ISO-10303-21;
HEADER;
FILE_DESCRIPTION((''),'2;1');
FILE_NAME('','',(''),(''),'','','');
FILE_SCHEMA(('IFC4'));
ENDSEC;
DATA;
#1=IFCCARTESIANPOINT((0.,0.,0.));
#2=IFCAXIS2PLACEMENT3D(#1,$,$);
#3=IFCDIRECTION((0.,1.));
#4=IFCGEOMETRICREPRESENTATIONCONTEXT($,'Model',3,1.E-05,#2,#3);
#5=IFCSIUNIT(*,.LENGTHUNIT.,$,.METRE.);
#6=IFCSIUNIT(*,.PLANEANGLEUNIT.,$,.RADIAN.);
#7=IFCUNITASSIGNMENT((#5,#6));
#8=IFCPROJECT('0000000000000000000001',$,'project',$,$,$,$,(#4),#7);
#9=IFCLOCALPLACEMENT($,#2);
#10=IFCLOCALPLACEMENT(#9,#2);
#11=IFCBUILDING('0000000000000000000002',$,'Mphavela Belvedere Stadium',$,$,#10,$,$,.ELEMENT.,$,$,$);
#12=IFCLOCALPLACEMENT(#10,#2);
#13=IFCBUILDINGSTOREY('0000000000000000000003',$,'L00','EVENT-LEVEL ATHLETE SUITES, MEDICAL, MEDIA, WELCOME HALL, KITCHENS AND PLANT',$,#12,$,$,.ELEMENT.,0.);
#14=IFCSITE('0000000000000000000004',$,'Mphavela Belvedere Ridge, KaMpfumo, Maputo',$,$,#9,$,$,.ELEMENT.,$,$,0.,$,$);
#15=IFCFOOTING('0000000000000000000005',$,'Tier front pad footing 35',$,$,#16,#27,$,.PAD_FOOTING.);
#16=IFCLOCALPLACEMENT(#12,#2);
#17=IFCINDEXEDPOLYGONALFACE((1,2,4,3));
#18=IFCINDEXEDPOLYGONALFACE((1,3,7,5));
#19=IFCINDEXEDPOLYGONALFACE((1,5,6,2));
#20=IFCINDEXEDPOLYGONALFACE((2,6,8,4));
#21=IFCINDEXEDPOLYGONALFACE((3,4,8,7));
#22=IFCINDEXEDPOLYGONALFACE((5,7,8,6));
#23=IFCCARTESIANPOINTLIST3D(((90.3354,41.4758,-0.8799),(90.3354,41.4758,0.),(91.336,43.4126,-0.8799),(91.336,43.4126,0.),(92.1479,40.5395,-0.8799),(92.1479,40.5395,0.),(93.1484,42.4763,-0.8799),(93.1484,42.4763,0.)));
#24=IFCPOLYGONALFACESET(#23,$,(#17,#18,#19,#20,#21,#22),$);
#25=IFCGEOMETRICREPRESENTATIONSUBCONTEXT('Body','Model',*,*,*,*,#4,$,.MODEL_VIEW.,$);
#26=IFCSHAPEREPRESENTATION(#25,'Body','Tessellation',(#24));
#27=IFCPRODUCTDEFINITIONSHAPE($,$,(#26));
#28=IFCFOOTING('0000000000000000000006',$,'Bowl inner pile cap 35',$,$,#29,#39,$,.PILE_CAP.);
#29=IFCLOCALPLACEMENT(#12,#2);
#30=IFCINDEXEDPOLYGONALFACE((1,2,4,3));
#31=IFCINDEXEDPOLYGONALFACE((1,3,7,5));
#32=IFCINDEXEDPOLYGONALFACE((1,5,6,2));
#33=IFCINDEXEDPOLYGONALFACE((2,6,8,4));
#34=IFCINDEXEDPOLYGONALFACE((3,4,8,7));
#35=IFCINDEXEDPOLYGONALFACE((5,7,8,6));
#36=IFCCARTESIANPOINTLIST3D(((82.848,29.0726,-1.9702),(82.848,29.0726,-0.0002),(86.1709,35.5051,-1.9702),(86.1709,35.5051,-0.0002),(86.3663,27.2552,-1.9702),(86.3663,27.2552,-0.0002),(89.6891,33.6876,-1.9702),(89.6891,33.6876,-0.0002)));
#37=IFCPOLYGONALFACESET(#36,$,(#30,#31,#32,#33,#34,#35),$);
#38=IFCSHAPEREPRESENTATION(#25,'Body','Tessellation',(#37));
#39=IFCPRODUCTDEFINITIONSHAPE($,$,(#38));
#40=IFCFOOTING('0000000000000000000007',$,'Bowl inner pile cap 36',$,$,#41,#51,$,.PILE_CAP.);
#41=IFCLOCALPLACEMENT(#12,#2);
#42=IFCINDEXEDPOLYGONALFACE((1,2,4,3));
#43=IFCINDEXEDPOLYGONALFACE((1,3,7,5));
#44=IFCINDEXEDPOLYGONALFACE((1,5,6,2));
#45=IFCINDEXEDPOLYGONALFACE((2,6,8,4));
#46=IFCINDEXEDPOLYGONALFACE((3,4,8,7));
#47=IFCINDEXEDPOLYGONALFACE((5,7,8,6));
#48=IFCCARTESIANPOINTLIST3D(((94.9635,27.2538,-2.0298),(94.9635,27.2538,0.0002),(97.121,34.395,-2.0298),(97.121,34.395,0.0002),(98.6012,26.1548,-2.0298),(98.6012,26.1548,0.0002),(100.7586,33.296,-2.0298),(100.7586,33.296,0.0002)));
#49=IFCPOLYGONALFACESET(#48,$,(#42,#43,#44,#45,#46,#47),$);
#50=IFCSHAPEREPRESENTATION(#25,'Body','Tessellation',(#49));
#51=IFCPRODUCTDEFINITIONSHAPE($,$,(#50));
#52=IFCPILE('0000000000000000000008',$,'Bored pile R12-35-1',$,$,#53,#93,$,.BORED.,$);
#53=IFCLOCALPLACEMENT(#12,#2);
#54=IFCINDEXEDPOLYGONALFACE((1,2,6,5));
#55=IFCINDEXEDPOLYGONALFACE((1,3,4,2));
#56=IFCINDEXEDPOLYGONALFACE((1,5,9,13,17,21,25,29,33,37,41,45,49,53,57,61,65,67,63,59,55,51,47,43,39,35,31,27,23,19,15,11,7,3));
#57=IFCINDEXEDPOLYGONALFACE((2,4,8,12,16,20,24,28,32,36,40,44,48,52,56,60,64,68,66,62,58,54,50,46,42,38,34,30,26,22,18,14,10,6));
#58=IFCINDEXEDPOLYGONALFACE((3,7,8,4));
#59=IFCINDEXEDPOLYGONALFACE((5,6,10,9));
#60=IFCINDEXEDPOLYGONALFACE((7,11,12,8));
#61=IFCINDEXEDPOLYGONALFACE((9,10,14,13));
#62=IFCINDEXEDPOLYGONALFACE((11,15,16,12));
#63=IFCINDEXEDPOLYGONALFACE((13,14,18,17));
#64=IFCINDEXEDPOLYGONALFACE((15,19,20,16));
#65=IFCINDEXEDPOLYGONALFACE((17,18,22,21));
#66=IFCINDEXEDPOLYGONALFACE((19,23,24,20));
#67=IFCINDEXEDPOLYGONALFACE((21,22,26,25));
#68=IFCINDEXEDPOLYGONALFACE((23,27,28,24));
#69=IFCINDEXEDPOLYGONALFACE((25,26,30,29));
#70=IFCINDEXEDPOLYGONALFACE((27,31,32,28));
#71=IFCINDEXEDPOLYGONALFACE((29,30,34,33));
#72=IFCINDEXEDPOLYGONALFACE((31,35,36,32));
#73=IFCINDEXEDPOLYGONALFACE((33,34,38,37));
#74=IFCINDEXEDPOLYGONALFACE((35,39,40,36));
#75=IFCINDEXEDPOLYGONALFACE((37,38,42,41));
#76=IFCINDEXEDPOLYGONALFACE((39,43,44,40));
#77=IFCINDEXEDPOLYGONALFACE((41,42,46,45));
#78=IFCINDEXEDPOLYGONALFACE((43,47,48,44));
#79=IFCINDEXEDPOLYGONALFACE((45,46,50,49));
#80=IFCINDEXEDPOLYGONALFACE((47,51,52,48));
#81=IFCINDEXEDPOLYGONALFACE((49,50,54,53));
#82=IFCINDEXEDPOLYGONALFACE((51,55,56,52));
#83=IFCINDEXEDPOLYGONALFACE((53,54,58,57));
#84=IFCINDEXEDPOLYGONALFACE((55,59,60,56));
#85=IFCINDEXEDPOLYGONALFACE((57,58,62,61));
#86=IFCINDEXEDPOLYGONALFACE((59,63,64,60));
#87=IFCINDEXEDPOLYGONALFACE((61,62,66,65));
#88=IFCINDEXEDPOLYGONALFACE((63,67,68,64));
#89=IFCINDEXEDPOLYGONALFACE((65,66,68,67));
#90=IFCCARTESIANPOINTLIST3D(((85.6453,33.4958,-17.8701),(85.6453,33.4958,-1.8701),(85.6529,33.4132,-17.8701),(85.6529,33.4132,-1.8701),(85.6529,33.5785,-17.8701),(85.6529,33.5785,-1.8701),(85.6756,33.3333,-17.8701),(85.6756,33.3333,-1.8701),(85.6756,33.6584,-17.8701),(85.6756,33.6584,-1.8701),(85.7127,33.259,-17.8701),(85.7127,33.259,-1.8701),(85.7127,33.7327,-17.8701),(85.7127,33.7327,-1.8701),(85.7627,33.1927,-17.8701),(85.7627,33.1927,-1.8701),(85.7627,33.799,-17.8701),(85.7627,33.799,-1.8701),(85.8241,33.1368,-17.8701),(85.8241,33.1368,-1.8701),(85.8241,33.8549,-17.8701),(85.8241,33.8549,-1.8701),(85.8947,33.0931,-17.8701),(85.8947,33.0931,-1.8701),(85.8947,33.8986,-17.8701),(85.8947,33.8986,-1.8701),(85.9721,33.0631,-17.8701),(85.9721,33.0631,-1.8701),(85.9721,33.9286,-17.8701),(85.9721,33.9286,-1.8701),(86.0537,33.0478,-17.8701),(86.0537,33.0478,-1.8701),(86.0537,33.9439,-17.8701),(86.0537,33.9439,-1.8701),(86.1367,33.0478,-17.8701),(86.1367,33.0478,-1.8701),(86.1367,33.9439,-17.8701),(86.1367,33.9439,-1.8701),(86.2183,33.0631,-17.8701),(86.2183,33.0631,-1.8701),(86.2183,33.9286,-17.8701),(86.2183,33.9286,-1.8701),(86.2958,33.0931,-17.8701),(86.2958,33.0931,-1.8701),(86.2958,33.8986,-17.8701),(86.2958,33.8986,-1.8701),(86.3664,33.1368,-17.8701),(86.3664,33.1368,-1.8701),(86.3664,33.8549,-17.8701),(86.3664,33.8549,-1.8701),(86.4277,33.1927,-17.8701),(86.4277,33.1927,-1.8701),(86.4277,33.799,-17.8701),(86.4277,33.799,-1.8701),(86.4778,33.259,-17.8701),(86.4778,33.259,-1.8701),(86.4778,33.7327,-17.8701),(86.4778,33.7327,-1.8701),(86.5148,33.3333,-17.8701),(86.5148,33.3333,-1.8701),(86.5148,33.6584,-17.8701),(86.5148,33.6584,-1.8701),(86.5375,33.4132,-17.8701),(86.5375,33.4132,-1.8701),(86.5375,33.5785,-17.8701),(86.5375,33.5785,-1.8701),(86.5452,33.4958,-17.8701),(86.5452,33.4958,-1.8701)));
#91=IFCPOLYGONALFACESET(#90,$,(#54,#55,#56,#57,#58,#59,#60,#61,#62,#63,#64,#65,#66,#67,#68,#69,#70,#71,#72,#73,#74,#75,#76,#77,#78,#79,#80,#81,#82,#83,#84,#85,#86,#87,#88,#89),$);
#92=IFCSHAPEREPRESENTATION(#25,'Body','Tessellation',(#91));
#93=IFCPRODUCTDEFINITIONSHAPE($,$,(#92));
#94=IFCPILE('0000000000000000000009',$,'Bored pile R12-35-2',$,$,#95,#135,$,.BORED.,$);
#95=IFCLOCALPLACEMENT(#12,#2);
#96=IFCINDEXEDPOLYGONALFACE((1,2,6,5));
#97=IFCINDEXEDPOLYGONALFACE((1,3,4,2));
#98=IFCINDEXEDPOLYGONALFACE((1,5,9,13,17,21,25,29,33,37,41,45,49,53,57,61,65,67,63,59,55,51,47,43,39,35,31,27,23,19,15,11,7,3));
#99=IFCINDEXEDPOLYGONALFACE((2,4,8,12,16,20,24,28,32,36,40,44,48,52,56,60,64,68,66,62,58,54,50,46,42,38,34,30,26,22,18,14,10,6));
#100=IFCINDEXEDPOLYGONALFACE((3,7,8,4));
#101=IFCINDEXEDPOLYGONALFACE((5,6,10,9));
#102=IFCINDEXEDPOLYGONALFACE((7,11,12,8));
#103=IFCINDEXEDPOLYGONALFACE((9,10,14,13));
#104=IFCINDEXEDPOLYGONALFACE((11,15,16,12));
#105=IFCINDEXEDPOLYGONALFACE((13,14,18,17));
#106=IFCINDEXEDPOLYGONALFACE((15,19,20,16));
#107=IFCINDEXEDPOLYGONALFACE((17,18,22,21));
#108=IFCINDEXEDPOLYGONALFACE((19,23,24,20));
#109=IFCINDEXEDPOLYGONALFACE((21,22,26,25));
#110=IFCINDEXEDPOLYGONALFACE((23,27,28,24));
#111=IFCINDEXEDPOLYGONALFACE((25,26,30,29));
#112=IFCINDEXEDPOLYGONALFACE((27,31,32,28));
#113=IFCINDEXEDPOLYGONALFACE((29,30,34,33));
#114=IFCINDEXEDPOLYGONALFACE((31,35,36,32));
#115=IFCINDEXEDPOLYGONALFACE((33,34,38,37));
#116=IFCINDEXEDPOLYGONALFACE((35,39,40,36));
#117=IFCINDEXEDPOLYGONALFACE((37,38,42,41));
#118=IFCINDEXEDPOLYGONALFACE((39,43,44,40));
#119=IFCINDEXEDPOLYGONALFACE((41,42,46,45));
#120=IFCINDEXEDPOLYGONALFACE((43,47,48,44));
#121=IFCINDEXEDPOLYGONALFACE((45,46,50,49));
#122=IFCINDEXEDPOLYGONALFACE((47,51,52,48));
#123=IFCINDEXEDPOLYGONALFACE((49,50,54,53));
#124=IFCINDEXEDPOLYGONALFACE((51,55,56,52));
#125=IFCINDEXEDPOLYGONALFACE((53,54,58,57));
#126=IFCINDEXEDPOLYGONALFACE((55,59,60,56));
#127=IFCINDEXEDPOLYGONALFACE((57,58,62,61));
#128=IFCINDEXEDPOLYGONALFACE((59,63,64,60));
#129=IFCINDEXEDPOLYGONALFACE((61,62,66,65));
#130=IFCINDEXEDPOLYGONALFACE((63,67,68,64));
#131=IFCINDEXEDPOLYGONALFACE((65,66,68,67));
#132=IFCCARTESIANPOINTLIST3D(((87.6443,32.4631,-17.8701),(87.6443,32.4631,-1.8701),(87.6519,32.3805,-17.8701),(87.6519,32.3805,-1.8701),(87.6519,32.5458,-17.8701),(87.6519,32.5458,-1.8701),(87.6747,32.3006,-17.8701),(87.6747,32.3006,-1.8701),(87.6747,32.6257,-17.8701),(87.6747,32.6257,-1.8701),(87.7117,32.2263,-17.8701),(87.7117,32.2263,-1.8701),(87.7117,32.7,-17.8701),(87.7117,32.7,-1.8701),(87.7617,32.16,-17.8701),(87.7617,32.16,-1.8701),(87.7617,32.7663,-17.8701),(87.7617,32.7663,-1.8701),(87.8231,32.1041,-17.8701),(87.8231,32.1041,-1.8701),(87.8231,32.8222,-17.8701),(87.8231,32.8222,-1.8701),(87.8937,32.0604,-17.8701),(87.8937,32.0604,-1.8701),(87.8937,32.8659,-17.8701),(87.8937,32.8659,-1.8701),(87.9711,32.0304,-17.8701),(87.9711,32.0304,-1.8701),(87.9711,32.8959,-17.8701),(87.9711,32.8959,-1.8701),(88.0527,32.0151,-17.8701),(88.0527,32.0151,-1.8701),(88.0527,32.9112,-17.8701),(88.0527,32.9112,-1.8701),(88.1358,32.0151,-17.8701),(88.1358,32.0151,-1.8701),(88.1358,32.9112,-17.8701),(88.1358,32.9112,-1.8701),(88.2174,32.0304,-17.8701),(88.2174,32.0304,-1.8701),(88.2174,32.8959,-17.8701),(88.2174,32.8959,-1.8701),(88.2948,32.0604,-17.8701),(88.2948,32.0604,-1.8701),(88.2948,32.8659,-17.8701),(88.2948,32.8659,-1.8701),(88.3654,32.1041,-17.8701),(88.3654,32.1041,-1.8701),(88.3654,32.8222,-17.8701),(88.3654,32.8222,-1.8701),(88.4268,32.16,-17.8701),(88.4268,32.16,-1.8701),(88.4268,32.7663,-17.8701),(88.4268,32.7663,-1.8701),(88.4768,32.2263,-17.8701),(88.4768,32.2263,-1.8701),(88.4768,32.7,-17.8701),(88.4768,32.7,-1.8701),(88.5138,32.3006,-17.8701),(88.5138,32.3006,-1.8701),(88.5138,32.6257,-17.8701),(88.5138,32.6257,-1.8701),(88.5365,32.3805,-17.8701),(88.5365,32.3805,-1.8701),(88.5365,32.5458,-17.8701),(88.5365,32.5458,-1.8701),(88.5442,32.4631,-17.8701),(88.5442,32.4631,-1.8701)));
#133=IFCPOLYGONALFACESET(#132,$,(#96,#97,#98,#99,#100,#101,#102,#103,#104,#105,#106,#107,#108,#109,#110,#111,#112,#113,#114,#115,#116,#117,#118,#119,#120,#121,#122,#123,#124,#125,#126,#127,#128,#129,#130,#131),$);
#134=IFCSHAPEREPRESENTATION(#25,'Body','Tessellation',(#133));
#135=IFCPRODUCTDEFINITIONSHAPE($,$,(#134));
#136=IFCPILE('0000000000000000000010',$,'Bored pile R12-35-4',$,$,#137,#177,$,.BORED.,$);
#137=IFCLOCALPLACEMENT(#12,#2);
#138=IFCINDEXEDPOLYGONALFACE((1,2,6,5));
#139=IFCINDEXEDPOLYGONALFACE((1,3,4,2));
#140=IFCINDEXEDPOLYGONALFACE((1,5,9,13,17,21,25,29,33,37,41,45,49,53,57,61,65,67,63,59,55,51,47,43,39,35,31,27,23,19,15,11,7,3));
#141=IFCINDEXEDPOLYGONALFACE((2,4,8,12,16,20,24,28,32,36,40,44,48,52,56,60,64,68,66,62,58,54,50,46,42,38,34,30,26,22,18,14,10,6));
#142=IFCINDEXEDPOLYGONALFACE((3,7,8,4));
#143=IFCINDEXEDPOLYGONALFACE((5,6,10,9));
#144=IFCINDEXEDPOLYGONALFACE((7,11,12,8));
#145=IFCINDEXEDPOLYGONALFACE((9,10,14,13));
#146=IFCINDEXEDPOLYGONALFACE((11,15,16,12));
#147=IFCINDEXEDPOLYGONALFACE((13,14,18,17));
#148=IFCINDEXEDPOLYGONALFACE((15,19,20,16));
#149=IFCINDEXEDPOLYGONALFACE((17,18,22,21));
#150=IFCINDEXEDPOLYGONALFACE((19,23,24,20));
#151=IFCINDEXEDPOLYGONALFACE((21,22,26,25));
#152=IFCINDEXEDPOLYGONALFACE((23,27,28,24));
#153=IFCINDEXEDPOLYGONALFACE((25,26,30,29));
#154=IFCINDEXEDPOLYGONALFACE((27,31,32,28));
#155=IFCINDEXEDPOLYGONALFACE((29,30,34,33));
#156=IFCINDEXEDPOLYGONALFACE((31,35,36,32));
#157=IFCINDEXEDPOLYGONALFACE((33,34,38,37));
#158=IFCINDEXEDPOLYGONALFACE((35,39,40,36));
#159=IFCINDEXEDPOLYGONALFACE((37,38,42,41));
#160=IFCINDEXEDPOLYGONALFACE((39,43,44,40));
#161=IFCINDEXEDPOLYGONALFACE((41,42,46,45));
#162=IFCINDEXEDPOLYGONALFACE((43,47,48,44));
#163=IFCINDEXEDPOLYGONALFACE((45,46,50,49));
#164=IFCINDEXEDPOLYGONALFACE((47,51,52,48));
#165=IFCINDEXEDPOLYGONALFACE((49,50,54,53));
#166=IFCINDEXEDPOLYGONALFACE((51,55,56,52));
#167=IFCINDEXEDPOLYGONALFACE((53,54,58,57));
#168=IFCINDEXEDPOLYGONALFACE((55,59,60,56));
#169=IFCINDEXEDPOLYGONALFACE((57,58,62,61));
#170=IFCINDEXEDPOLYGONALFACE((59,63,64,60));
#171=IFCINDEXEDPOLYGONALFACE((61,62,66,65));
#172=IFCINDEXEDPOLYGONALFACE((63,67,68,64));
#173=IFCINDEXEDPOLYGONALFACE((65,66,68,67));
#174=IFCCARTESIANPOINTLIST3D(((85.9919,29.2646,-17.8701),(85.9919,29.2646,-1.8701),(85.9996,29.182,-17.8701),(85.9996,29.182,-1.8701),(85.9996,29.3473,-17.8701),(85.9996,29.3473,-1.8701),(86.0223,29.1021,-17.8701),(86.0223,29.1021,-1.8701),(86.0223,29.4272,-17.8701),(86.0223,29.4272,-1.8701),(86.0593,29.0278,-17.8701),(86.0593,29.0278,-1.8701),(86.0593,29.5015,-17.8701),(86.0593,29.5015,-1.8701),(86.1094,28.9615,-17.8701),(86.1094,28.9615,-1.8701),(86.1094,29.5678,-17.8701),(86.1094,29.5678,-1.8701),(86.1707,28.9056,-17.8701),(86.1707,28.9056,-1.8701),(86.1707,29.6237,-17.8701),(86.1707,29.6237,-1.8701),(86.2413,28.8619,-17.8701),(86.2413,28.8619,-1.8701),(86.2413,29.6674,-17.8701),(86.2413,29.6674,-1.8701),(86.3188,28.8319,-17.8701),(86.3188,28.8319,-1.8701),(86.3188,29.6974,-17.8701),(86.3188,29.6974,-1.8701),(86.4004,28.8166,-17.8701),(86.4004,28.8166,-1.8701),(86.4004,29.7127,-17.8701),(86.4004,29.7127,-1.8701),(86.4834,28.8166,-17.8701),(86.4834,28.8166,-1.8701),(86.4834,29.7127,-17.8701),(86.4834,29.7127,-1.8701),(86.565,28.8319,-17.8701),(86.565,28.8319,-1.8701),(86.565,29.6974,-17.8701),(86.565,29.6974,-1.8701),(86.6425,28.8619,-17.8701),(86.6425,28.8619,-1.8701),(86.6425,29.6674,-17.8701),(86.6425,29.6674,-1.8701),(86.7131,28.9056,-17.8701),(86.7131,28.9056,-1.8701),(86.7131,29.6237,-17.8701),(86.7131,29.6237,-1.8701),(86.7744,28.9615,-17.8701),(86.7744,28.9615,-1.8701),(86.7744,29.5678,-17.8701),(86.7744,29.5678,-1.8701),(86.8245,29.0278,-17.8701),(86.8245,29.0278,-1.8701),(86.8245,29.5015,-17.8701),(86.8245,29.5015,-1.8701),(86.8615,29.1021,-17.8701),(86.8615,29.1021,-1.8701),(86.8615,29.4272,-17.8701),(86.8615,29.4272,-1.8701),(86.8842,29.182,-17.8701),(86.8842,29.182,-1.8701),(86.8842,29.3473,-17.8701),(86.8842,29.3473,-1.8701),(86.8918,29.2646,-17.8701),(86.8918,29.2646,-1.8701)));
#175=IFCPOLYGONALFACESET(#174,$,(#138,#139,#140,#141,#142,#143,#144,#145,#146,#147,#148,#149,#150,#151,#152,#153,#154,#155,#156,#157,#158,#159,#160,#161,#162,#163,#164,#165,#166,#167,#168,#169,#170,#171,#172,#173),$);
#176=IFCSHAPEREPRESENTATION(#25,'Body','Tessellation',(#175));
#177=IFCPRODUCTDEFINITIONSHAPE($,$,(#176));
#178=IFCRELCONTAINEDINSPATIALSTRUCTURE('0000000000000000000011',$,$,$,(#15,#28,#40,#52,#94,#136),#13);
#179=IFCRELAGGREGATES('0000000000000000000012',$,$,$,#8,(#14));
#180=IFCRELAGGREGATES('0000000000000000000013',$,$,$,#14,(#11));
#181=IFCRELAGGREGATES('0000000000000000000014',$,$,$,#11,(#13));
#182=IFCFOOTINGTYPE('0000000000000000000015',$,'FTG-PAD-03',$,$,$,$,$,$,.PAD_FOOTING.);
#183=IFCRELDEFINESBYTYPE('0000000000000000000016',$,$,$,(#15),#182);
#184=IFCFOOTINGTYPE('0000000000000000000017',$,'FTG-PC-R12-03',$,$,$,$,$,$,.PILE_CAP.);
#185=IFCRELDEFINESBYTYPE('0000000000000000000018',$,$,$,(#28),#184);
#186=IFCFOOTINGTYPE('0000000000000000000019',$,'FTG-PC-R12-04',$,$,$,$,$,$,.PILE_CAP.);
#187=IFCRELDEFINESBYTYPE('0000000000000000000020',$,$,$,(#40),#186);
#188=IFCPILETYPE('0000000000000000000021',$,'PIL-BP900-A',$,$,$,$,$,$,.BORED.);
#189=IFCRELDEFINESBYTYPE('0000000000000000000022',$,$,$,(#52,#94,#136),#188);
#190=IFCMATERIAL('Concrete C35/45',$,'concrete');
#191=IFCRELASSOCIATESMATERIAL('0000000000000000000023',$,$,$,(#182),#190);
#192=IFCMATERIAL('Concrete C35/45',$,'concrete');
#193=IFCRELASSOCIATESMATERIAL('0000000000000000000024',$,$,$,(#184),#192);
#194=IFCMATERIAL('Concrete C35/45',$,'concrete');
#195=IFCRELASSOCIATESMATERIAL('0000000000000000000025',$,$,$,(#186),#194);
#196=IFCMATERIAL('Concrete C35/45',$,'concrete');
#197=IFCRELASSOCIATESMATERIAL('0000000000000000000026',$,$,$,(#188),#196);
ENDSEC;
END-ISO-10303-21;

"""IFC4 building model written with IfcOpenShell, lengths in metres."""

from ifc_helpers import new_model, si_unit, direction, frame, origin, origin_2d, place, context, subcontext, project, spatial, rectangle, circle, extrude, material, material_profile, profile_set, type_object, element, save


model = new_model("IFC4")

# Units and contexts
model_context = context("Model", 3, precision=1e-05, world=origin(), true_north=direction((0.0, 1.0)))
body_context = subcontext(model_context, "Body", "Model", "MODEL_VIEW")
ifc_project = project(units=[si_unit("LENGTHUNIT", "METRE"), si_unit("PLANEANGLEUNIT", "RADIAN")], contexts=[model_context])

# Site, building, storey
site_placement = place(None, origin())
site = spatial("IfcSite", under=ifc_project, at=site_placement, Name="Mphavela Belvedere Ridge, KaMpfumo, Maputo", CompositionType="ELEMENT", RefElevation=0.0)
building_placement = place(site_placement, origin())
building = spatial("IfcBuilding", under=site, at=building_placement, Name="Mphavela Belvedere Stadium", CompositionType="ELEMENT")
storey_placement = place(building_placement, origin())
storey = spatial("IfcBuildingStorey", under=building, at=storey_placement, Name="L00", Description="EVENT-LEVEL ATHLETE SUITES, MEDICAL, MEDIA, WELCOME HALL, KITCHENS AND PLANT", CompositionType="ELEMENT", Elevation=0.0)

# Footings
ifc_material_1 = material(Name="Concrete C35/45", Category="concrete")
footing_type_1 = type_object("IfcFootingType", Name="FTG-PAD-03", PredefinedType="PAD_FOOTING", material=ifc_material_1)
footing_1_placement = place(storey_placement, frame((91.7419, 41.9761, -0.8799), z_axis=(0.0, 0.0, 1.0), x_axis=(-0.45896, -0.888457, 0.0)))
element("IfcFooting", 1, at=footing_1_placement, inside=storey, type_object=footing_type_1, Name="Tier front pad footing 35", PredefinedType="PAD_FOOTING", context=body_context, shape_type="SweptSolid", body=[
    extrude(rectangle(XDim=2.1799, YDim=2.04, at=origin_2d()), origin(), (0.0, 0.0, 1.0), 0.8799),
])
ifc_material_2 = material(Name="Concrete C35/45", Category="concrete")
footing_type_2 = type_object("IfcFootingType", Name="FTG-PC-R12-03", PredefinedType="PILE_CAP", material=ifc_material_2)
footing_2_placement = place(storey_placement, frame((86.2686, 31.3801, -1.9702), z_axis=(0.0, 0.0, 1.0), x_axis=(-0.45896, -0.888457, 0.0)))
element("IfcFooting", 2, at=footing_2_placement, inside=storey, type_object=footing_type_2, Name="Bowl inner pile cap 35", PredefinedType="PILE_CAP", context=body_context, shape_type="SweptSolid", body=[
    extrude(rectangle(XDim=7.24, YDim=3.96, at=origin_2d()), origin(), (0.0, 0.0, 1.0), 1.97),
])
ifc_material_3 = material(Name="Concrete C35/45", Category="concrete")
footing_type_3 = type_object("IfcFootingType", Name="FTG-PC-R12-04", PredefinedType="PILE_CAP", material=ifc_material_3)
footing_3_placement = place(storey_placement, frame((97.8611, 30.2749, -2.0298), z_axis=(0.0, 0.0, 1.0), x_axis=(-0.289199, -0.957269, 0.0)))
element("IfcFooting", 3, at=footing_3_placement, inside=storey, type_object=footing_type_3, Name="Bowl inner pile cap 36", PredefinedType="PILE_CAP", context=body_context, shape_type="SweptSolid", body=[
    extrude(rectangle(XDim=7.46, YDim=3.8, at=origin_2d()), origin(), (0.0, 0.0, 1.0), 2.03),
])

# Piles
ifc_material_4 = material(Name="Concrete C35/45", Category="concrete")
ifc_material_profile_1 = material_profile(ifc_material_4, circle(Radius=0.45, at=origin_2d()), Name="BP D900")
ifc_profile_set_1 = profile_set([ifc_material_profile_1], Name="Concrete C35/45")
pile_type_1 = type_object("IfcPileType", Name="PIL-BP900-A", PredefinedType="BORED", material=ifc_profile_set_1)
for number, where, z_axis, x_axis, name in (
    (4, (86.0952, 33.4958, -1.8701), (0.0, 0.0, -1.0), (1.0, 0.0, 0.0), "Bored pile R12-35-1"),
    (5, (88.0942, 32.4631, -1.8701), (0.0, 0.0, -1.0), (1.0, 0.0, 0.0), "Bored pile R12-35-2"),
    (6, (86.4419, 29.2646, -1.8701), (0.0, 0.0, -1.0), (1.0, 0.0, 0.0), "Bored pile R12-35-4"),
):
    element("IfcPile", number, at=place(storey_placement, frame(where, z_axis=z_axis, x_axis=x_axis)), inside=storey, type_object=pile_type_1, Name=name, PredefinedType="BORED", context=body_context, shape_type="SweptSolid", body=[
        extrude(circle(Radius=0.45, at=origin_2d()), origin(), (0.0, 0.0, 1.0), 16.0),
    ])

save(model, "model.ifc")
